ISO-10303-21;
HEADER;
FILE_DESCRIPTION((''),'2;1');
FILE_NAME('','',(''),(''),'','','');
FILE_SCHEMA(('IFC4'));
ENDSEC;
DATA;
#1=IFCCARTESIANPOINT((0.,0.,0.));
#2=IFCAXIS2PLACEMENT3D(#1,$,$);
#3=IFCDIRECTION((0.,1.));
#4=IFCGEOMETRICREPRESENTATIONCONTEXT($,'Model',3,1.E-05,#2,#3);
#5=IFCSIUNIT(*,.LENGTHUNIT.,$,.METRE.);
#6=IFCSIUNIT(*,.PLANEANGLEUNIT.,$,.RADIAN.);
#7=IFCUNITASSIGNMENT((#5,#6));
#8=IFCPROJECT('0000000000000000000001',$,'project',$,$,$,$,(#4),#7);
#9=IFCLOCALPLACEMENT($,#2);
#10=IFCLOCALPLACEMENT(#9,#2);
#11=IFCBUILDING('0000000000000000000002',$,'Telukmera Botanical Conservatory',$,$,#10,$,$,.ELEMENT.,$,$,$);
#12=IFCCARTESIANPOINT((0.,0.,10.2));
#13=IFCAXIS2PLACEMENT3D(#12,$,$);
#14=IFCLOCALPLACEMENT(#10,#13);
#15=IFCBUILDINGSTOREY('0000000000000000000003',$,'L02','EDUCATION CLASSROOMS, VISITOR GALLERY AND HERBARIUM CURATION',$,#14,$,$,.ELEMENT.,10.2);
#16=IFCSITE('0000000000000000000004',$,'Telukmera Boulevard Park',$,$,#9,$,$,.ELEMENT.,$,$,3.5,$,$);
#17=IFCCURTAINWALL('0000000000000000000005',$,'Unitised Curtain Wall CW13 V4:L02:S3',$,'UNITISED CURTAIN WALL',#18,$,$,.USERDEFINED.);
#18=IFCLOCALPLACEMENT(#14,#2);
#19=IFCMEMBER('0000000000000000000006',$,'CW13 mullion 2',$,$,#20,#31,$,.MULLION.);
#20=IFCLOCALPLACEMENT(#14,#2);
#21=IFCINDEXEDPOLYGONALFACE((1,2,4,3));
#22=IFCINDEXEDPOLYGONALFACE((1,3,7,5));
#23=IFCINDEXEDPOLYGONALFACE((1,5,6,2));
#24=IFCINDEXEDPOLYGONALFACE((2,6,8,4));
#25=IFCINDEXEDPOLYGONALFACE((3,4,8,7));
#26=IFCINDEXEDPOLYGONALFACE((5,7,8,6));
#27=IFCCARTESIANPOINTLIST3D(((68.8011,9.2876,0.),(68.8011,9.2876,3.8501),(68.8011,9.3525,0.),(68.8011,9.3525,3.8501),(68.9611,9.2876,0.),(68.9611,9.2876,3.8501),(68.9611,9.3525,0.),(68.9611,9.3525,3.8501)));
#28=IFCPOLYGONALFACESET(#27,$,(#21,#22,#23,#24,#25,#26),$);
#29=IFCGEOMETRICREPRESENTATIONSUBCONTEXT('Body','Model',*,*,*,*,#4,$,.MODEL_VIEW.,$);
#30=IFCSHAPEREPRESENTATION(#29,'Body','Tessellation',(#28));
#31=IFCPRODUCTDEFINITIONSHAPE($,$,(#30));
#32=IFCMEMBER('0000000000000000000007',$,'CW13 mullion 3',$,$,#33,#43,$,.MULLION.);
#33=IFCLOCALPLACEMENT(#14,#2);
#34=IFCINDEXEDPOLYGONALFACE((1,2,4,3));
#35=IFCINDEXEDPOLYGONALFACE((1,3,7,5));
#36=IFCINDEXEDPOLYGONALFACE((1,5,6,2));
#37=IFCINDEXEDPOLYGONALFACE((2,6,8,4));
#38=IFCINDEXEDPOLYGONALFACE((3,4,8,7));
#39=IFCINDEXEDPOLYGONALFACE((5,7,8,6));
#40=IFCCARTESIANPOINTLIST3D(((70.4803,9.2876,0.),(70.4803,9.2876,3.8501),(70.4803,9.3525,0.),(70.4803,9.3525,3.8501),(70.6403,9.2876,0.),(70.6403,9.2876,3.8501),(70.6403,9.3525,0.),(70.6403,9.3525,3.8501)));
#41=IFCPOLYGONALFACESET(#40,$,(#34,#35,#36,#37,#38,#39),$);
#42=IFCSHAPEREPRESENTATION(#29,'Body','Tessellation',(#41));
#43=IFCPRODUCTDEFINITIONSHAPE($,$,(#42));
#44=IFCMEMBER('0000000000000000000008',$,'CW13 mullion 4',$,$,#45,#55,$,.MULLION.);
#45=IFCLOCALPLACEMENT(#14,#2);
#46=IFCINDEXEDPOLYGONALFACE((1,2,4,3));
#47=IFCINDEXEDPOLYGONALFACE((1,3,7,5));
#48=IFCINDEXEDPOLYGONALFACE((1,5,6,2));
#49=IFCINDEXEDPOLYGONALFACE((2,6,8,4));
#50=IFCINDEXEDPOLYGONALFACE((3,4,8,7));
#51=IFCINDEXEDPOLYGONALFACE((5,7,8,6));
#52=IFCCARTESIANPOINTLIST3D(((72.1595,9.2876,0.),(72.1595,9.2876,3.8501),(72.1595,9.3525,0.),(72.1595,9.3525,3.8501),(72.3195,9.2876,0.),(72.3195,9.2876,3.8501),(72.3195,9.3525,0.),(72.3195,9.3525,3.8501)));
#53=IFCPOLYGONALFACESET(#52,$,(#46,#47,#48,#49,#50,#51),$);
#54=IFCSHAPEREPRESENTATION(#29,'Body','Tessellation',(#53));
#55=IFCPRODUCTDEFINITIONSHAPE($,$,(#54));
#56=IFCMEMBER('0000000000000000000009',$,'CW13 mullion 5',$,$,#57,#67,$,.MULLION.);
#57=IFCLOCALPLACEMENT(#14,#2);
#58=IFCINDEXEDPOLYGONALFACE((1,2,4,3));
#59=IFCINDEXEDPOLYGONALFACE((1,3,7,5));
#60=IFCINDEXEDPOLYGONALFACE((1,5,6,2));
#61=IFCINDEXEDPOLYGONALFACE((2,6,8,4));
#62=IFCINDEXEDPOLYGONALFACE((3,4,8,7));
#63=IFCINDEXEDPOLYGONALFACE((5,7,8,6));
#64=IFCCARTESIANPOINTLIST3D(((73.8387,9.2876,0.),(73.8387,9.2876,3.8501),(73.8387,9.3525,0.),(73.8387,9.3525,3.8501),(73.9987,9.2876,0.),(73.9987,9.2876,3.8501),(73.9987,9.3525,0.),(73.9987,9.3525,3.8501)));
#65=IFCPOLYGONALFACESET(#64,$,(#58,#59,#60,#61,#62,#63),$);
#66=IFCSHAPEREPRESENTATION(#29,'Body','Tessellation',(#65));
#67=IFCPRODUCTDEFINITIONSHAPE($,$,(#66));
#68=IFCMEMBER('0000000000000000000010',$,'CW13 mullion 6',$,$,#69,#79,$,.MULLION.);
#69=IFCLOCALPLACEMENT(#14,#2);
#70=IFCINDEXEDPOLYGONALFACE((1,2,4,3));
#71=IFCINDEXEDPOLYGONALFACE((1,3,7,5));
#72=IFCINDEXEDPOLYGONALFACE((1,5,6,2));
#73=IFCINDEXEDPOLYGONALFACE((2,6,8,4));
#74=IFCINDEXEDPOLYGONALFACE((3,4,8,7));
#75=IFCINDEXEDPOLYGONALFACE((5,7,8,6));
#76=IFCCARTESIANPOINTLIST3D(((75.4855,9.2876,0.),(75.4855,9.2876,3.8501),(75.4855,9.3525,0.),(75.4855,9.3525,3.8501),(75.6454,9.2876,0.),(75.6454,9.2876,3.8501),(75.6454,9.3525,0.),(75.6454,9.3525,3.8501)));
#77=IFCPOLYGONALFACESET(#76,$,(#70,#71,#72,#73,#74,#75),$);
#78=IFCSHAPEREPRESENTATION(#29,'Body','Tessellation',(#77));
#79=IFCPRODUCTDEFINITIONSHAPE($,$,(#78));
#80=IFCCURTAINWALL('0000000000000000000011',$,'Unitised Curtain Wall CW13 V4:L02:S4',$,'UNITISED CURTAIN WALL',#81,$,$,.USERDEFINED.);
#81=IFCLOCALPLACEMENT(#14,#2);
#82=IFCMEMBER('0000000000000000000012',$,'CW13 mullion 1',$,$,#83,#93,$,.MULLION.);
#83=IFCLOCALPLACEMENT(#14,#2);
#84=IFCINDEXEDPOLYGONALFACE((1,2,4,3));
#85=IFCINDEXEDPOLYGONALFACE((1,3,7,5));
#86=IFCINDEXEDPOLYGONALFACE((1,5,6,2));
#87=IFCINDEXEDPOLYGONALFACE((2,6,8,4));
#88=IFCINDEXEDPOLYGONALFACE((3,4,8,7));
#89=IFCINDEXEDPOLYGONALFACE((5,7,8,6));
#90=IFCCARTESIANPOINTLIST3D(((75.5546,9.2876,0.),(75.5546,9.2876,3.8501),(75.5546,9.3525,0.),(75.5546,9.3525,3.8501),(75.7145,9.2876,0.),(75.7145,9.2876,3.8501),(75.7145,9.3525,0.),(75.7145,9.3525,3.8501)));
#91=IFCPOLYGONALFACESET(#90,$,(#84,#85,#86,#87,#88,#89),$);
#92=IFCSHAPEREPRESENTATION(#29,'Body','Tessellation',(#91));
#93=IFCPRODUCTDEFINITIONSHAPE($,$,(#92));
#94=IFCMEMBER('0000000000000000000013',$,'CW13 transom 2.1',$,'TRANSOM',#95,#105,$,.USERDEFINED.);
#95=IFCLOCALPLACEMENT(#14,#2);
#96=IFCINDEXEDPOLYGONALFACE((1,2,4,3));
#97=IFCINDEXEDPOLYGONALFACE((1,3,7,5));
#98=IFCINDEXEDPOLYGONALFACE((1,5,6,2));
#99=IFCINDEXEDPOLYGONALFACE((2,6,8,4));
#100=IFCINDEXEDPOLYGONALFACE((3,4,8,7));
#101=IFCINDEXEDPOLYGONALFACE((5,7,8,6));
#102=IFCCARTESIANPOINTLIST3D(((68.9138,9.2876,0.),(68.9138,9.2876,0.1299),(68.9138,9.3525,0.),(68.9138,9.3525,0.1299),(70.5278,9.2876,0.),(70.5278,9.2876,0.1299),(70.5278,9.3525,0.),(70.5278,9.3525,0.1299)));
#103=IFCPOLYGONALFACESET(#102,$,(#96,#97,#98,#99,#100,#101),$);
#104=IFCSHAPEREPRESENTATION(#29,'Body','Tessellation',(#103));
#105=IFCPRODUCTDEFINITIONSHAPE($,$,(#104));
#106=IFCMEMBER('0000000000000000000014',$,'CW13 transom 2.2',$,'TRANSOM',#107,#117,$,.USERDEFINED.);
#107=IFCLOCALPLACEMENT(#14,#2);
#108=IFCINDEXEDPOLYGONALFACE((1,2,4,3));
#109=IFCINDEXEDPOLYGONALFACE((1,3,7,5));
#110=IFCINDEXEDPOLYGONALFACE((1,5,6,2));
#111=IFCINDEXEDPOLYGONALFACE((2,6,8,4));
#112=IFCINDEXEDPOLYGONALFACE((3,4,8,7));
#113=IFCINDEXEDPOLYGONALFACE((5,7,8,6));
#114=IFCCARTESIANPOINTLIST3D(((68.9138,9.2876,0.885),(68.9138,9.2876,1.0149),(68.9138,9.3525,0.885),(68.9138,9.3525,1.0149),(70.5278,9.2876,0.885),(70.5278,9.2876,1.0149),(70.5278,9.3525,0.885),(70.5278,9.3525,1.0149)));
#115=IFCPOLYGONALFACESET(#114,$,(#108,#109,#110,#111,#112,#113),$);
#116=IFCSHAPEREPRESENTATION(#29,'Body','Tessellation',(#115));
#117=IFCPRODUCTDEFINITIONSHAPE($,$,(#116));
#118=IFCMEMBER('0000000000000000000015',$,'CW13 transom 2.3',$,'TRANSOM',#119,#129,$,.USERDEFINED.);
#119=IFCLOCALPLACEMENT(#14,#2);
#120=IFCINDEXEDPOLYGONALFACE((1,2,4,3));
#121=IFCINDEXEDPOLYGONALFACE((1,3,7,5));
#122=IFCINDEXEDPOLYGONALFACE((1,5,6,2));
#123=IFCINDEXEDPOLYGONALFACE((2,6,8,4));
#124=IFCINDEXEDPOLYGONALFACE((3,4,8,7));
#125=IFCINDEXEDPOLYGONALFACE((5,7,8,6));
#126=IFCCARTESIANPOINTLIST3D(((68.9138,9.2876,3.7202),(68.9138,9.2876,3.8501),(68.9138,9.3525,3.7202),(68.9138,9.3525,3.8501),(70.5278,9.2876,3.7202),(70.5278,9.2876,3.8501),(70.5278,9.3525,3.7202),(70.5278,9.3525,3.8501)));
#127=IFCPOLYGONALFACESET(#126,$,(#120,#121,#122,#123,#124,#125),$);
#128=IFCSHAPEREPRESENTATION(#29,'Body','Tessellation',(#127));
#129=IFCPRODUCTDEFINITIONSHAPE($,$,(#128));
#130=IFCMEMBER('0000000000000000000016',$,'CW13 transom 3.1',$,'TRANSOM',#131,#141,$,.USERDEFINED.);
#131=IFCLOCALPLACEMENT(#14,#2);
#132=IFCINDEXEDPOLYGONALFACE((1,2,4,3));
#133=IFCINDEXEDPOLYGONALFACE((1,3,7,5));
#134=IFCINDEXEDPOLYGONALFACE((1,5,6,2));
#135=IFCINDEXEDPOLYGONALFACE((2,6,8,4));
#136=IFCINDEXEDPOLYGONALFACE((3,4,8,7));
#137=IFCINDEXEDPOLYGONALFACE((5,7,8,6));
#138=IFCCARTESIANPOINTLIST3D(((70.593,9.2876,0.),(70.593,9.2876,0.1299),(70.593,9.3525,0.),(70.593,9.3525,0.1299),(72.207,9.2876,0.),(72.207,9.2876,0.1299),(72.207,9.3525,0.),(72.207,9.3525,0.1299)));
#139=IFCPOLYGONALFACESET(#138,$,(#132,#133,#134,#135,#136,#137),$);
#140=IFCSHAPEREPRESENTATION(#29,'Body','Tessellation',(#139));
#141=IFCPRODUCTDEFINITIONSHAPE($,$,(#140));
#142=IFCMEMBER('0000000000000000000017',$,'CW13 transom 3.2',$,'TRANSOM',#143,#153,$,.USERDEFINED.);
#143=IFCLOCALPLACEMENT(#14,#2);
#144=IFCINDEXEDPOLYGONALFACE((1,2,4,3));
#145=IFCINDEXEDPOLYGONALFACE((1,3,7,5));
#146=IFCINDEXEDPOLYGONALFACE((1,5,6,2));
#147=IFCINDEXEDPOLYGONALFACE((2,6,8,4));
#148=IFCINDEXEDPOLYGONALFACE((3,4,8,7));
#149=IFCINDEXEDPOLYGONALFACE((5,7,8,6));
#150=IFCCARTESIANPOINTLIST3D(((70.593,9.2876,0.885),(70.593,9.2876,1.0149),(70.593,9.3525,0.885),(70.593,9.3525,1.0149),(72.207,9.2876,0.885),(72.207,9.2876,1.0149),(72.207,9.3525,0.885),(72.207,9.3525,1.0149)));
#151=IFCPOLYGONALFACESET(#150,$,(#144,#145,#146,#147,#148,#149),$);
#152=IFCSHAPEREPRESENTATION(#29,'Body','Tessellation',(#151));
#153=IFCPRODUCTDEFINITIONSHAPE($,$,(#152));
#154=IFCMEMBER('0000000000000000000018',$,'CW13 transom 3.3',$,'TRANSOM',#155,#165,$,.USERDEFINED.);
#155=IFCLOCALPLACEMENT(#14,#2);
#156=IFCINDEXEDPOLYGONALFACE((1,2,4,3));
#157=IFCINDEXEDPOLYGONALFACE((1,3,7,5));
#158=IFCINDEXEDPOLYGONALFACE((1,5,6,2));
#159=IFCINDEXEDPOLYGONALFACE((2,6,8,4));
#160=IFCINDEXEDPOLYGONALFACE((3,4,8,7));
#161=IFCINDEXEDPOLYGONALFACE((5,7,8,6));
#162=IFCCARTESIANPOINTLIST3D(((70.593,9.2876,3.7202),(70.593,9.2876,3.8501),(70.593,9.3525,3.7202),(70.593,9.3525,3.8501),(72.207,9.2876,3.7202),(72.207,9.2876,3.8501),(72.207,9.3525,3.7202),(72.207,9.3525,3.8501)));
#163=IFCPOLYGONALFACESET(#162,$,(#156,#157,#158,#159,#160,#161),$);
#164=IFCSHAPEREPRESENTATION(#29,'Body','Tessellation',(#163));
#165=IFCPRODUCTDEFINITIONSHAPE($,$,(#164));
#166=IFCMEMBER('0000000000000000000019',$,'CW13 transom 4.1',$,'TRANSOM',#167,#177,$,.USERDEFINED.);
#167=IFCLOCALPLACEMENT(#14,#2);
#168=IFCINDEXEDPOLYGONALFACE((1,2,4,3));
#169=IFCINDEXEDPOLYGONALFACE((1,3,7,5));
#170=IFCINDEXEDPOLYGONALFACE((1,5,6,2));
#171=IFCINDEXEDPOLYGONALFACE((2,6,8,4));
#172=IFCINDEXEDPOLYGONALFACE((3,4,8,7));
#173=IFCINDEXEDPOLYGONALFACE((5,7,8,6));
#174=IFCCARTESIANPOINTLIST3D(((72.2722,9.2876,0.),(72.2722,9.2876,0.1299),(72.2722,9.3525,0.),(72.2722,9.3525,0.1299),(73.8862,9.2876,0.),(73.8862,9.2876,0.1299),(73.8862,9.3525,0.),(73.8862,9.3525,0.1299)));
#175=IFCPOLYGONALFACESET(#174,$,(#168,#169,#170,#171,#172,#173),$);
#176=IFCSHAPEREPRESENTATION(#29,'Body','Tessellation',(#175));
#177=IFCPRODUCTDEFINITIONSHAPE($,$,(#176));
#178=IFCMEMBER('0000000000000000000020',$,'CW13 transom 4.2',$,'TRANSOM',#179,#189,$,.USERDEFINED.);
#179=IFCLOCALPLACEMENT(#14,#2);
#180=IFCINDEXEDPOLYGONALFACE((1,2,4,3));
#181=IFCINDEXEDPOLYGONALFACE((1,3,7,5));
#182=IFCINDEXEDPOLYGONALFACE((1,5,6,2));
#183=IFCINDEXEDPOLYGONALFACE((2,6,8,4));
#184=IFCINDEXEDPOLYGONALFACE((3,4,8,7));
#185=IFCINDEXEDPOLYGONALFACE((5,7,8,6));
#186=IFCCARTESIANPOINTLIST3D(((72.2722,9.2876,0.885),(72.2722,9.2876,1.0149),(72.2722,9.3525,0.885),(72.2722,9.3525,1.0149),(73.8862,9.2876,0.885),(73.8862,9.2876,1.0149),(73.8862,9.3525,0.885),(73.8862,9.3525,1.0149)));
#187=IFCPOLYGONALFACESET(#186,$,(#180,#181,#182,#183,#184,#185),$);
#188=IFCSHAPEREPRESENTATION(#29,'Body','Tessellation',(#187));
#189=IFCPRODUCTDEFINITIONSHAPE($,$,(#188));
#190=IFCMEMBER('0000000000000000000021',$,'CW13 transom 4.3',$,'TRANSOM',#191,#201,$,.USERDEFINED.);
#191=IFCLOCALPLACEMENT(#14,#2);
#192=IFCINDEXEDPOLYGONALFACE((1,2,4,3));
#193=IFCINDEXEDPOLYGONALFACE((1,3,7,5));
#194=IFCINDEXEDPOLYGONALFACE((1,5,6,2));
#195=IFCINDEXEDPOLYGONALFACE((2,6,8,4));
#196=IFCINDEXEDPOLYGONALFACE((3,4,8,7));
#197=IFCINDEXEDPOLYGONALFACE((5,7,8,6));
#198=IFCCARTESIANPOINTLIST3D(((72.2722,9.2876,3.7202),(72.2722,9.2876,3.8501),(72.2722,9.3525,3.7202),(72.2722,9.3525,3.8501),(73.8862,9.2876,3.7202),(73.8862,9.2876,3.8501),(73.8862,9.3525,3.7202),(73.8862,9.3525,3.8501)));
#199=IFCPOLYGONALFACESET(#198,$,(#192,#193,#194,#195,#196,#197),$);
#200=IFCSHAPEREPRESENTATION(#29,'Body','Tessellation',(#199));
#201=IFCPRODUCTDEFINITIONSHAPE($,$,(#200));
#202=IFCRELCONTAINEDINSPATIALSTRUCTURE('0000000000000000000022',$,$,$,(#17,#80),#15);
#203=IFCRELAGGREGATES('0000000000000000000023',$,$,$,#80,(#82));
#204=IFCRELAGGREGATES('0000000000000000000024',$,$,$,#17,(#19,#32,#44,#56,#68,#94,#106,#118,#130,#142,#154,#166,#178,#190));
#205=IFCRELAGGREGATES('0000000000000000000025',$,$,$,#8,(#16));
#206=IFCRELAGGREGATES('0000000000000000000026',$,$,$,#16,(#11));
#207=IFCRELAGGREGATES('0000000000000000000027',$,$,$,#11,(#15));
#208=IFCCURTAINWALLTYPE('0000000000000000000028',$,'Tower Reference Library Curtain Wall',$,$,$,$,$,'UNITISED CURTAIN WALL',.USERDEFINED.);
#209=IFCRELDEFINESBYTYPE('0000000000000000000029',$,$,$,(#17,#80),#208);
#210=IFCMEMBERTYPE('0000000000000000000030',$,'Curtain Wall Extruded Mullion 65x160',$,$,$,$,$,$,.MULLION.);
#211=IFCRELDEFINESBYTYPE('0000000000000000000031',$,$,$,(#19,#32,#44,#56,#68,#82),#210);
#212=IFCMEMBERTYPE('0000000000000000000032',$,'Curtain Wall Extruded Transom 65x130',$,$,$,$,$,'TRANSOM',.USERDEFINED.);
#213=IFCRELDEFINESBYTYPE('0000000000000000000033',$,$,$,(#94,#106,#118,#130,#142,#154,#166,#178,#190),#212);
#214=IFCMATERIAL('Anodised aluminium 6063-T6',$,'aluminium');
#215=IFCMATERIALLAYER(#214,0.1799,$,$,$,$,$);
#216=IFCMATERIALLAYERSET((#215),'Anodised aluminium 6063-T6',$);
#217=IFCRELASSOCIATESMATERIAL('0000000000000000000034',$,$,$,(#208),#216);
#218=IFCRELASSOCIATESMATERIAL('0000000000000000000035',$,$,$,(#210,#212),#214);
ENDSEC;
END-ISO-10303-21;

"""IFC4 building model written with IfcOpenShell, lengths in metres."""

from ifc_helpers import new_model, si_unit, direction, frame, origin, origin_2d, place, context, subcontext, project, spatial, rectangle, extrude, material, layer, layer_set, material_profile, profile_set, type_object, element, aggregate, save


model = new_model("IFC4")

# Units and contexts
model_context = context("Model", 3, precision=1e-05, world=origin(), true_north=direction((0.0, 1.0)))
body_context = subcontext(model_context, "Body", "Model", "MODEL_VIEW")
ifc_project = project(units=[si_unit("LENGTHUNIT", "METRE"), si_unit("PLANEANGLEUNIT", "RADIAN")], contexts=[model_context])

# Site, building, storey
site_placement = place(None, origin())
site = spatial("IfcSite", under=ifc_project, at=site_placement, Name="Telukmera Boulevard Park", CompositionType="ELEMENT", RefElevation=3.5)
building_placement = place(site_placement, origin())
building = spatial("IfcBuilding", under=site, at=building_placement, Name="Telukmera Botanical Conservatory", CompositionType="ELEMENT")
storey_placement = place(building_placement, frame((0.0, 0.0, 10.2)))
storey = spatial("IfcBuildingStorey", under=building, at=storey_placement, Name="L02", Description="EDUCATION CLASSROOMS, VISITOR GALLERY AND HERBARIUM CURATION", CompositionType="ELEMENT", Elevation=10.2)

# Curtain wall, members
ifc_material_1 = material(Name="Anodised aluminium 6063-T6", Category="aluminium")
ifc_layer_1 = layer(ifc_material_1, 0.1799)
ifc_layer_set_1 = layer_set([ifc_layer_1], Name="Anodised aluminium 6063-T6")
curtain_wall_type = type_object("IfcCurtainWallType", Name="Tower Reference Library Curtain Wall", ElementType="UNITISED CURTAIN WALL", PredefinedType="USERDEFINED", material=ifc_layer_set_1)
curtain_wall_1_placement = place(storey_placement, origin())
curtain_wall_1 = element("IfcCurtainWall", 1, at=curtain_wall_1_placement, inside=storey, type_object=curtain_wall_type, Name="Unitised Curtain Wall CW13 V4:L02:S3", ObjectType="UNITISED CURTAIN WALL", PredefinedType="USERDEFINED")
ifc_material_profile_1 = material_profile(ifc_material_1, rectangle(XDim=0.0649, YDim=0.1599, at=origin_2d()), Name="ALU MULL 65x160")
ifc_profile_set_1 = profile_set([ifc_material_profile_1], Name="Anodised aluminium 6063-T6")
member_type_1 = type_object("IfcMemberType", Name="Curtain Wall Extruded Mullion 65x160", PredefinedType="MULLION", material=ifc_profile_set_1)
member_1_placement = place(storey_placement, frame((68.8811, 9.3201, 0.0), z_axis=(0.0, 0.0, 1.0), x_axis=(0.0, 1.0, 0.0)))
member_1 = element("IfcMember", 2, at=member_1_placement, type_object=member_type_1, Name="CW13 mullion 2", PredefinedType="MULLION", context=body_context, shape_type="SweptSolid", body=[
    extrude(rectangle(XDim=0.0649, YDim=0.1599, at=origin_2d()), origin(), (0.0, 0.0, 1.0), 3.8501),
])
member_2_placement = place(storey_placement, frame((70.5603, 9.3201, 0.0), z_axis=(0.0, 0.0, 1.0), x_axis=(0.0, 1.0, 0.0)))
member_2 = element("IfcMember", 3, at=member_2_placement, type_object=member_type_1, Name="CW13 mullion 3", PredefinedType="MULLION", context=body_context, shape_type="SweptSolid", body=[
    extrude(rectangle(XDim=0.0649, YDim=0.1599, at=origin_2d()), origin(), (0.0, 0.0, 1.0), 3.8501),
])
member_3_placement = place(storey_placement, frame((72.2395, 9.3201, 0.0), z_axis=(0.0, 0.0, 1.0), x_axis=(0.0, 1.0, 0.0)))
member_3 = element("IfcMember", 4, at=member_3_placement, type_object=member_type_1, Name="CW13 mullion 4", PredefinedType="MULLION", context=body_context, shape_type="SweptSolid", body=[
    extrude(rectangle(XDim=0.0649, YDim=0.1599, at=origin_2d()), origin(), (0.0, 0.0, 1.0), 3.8501),
])
member_4_placement = place(storey_placement, frame((73.9187, 9.3201, 0.0), z_axis=(0.0, 0.0, 1.0), x_axis=(0.0, 1.0, 0.0)))
member_4 = element("IfcMember", 5, at=member_4_placement, type_object=member_type_1, Name="CW13 mullion 5", PredefinedType="MULLION", context=body_context, shape_type="SweptSolid", body=[
    extrude(rectangle(XDim=0.0649, YDim=0.1599, at=origin_2d()), origin(), (0.0, 0.0, 1.0), 3.8501),
])
member_5_placement = place(storey_placement, frame((75.5654, 9.3201, 0.0), z_axis=(0.0, 0.0, 1.0), x_axis=(0.0, 1.0, 0.0)))
member_5 = element("IfcMember", 6, at=member_5_placement, type_object=member_type_1, Name="CW13 mullion 6", PredefinedType="MULLION", context=body_context, shape_type="SweptSolid", body=[
    extrude(rectangle(XDim=0.0649, YDim=0.1599, at=origin_2d()), origin(), (0.0, 0.0, 1.0), 3.8501),
])

# Curtain wall, member
curtain_wall_2_placement = place(storey_placement, origin())
curtain_wall_2 = element("IfcCurtainWall", 7, at=curtain_wall_2_placement, inside=storey, type_object=curtain_wall_type, Name="Unitised Curtain Wall CW13 V4:L02:S4", ObjectType="UNITISED CURTAIN WALL", PredefinedType="USERDEFINED")
member_6_placement = place(storey_placement, frame((75.6345, 9.3201, 0.0), z_axis=(0.0, 0.0, 1.0), x_axis=(0.0, 1.0, 0.0)))
member_6 = element("IfcMember", 8, at=member_6_placement, type_object=member_type_1, Name="CW13 mullion 1", PredefinedType="MULLION", context=body_context, shape_type="SweptSolid", body=[
    extrude(rectangle(XDim=0.0649, YDim=0.1599, at=origin_2d()), origin(), (0.0, 0.0, 1.0), 3.8501),
])
aggregate(curtain_wall_2, [member_6])

# Members
ifc_material_profile_2 = material_profile(ifc_material_1, rectangle(XDim=0.0649, YDim=0.1299, at=origin_2d()), Name="ALU TRAN 65x130")
ifc_profile_set_2 = profile_set([ifc_material_profile_2], Name="Anodised aluminium 6063-T6")
member_type_2 = type_object("IfcMemberType", Name="Curtain Wall Extruded Transom 65x130", ElementType="TRANSOM", PredefinedType="USERDEFINED", material=ifc_profile_set_2)
member_7_placement = place(storey_placement, frame((68.9138, 9.3201, 0.0649), z_axis=(1.0, 0.0, 0.0), x_axis=(0.0, 1.0, 0.0)))
member_7 = element("IfcMember", 9, at=member_7_placement, type_object=member_type_2, Name="CW13 transom 2.1", ObjectType="TRANSOM", PredefinedType="USERDEFINED", context=body_context, shape_type="SweptSolid", body=[
    extrude(rectangle(XDim=0.0649, YDim=0.1299, at=origin_2d()), origin(), (0.0, 0.0, 1.0), 1.614),
])
member_8_placement = place(storey_placement, frame((68.9138, 9.3201, 0.95), z_axis=(1.0, 0.0, 0.0), x_axis=(0.0, 1.0, 0.0)))
member_8 = element("IfcMember", 10, at=member_8_placement, type_object=member_type_2, Name="CW13 transom 2.2", ObjectType="TRANSOM", PredefinedType="USERDEFINED", context=body_context, shape_type="SweptSolid", body=[
    extrude(rectangle(XDim=0.0649, YDim=0.1299, at=origin_2d()), origin(), (0.0, 0.0, 1.0), 1.614),
])
member_9_placement = place(storey_placement, frame((68.9138, 9.3201, 3.7852), z_axis=(1.0, 0.0, 0.0), x_axis=(0.0, 1.0, 0.0)))
member_9 = element("IfcMember", 11, at=member_9_placement, type_object=member_type_2, Name="CW13 transom 2.3", ObjectType="TRANSOM", PredefinedType="USERDEFINED", context=body_context, shape_type="SweptSolid", body=[
    extrude(rectangle(XDim=0.0649, YDim=0.1299, at=origin_2d()), origin(), (0.0, 0.0, 1.0), 1.614),
])
member_10_placement = place(storey_placement, frame((70.593, 9.3201, 0.0649), z_axis=(1.0, 0.0, 0.0), x_axis=(0.0, 1.0, 0.0)))
member_10 = element("IfcMember", 12, at=member_10_placement, type_object=member_type_2, Name="CW13 transom 3.1", ObjectType="TRANSOM", PredefinedType="USERDEFINED", context=body_context, shape_type="SweptSolid", body=[
    extrude(rectangle(XDim=0.0649, YDim=0.1299, at=origin_2d()), origin(), (0.0, 0.0, 1.0), 1.614),
])
member_11_placement = place(storey_placement, frame((70.593, 9.3201, 0.95), z_axis=(1.0, 0.0, 0.0), x_axis=(0.0, 1.0, 0.0)))
member_11 = element("IfcMember", 13, at=member_11_placement, type_object=member_type_2, Name="CW13 transom 3.2", ObjectType="TRANSOM", PredefinedType="USERDEFINED", context=body_context, shape_type="SweptSolid", body=[
    extrude(rectangle(XDim=0.0649, YDim=0.1299, at=origin_2d()), origin(), (0.0, 0.0, 1.0), 1.614),
])
member_12_placement = place(storey_placement, frame((70.593, 9.3201, 3.7852), z_axis=(1.0, 0.0, 0.0), x_axis=(0.0, 1.0, 0.0)))
member_12 = element("IfcMember", 14, at=member_12_placement, type_object=member_type_2, Name="CW13 transom 3.3", ObjectType="TRANSOM", PredefinedType="USERDEFINED", context=body_context, shape_type="SweptSolid", body=[
    extrude(rectangle(XDim=0.0649, YDim=0.1299, at=origin_2d()), origin(), (0.0, 0.0, 1.0), 1.614),
])
member_13_placement = place(storey_placement, frame((72.2722, 9.3201, 0.0649), z_axis=(1.0, 0.0, 0.0), x_axis=(0.0, 1.0, 0.0)))
member_13 = element("IfcMember", 15, at=member_13_placement, type_object=member_type_2, Name="CW13 transom 4.1", ObjectType="TRANSOM", PredefinedType="USERDEFINED", context=body_context, shape_type="SweptSolid", body=[
    extrude(rectangle(XDim=0.0649, YDim=0.1299, at=origin_2d()), origin(), (0.0, 0.0, 1.0), 1.614),
])
member_14_placement = place(storey_placement, frame((72.2722, 9.3201, 0.95), z_axis=(1.0, 0.0, 0.0), x_axis=(0.0, 1.0, 0.0)))
member_14 = element("IfcMember", 16, at=member_14_placement, type_object=member_type_2, Name="CW13 transom 4.2", ObjectType="TRANSOM", PredefinedType="USERDEFINED", context=body_context, shape_type="SweptSolid", body=[
    extrude(rectangle(XDim=0.0649, YDim=0.1299, at=origin_2d()), origin(), (0.0, 0.0, 1.0), 1.614),
])
member_15_placement = place(storey_placement, frame((72.2722, 9.3201, 3.7852), z_axis=(1.0, 0.0, 0.0), x_axis=(0.0, 1.0, 0.0)))
member_15 = element("IfcMember", 17, at=member_15_placement, type_object=member_type_2, Name="CW13 transom 4.3", ObjectType="TRANSOM", PredefinedType="USERDEFINED", context=body_context, shape_type="SweptSolid", body=[
    extrude(rectangle(XDim=0.0649, YDim=0.1299, at=origin_2d()), origin(), (0.0, 0.0, 1.0), 1.614),
])

aggregate(curtain_wall_1, [member_1, member_2, member_3, member_4, member_5, member_7, member_8, member_9, member_10, member_11, member_12, member_13, member_14, member_15])

save(model, "model.ifc")
